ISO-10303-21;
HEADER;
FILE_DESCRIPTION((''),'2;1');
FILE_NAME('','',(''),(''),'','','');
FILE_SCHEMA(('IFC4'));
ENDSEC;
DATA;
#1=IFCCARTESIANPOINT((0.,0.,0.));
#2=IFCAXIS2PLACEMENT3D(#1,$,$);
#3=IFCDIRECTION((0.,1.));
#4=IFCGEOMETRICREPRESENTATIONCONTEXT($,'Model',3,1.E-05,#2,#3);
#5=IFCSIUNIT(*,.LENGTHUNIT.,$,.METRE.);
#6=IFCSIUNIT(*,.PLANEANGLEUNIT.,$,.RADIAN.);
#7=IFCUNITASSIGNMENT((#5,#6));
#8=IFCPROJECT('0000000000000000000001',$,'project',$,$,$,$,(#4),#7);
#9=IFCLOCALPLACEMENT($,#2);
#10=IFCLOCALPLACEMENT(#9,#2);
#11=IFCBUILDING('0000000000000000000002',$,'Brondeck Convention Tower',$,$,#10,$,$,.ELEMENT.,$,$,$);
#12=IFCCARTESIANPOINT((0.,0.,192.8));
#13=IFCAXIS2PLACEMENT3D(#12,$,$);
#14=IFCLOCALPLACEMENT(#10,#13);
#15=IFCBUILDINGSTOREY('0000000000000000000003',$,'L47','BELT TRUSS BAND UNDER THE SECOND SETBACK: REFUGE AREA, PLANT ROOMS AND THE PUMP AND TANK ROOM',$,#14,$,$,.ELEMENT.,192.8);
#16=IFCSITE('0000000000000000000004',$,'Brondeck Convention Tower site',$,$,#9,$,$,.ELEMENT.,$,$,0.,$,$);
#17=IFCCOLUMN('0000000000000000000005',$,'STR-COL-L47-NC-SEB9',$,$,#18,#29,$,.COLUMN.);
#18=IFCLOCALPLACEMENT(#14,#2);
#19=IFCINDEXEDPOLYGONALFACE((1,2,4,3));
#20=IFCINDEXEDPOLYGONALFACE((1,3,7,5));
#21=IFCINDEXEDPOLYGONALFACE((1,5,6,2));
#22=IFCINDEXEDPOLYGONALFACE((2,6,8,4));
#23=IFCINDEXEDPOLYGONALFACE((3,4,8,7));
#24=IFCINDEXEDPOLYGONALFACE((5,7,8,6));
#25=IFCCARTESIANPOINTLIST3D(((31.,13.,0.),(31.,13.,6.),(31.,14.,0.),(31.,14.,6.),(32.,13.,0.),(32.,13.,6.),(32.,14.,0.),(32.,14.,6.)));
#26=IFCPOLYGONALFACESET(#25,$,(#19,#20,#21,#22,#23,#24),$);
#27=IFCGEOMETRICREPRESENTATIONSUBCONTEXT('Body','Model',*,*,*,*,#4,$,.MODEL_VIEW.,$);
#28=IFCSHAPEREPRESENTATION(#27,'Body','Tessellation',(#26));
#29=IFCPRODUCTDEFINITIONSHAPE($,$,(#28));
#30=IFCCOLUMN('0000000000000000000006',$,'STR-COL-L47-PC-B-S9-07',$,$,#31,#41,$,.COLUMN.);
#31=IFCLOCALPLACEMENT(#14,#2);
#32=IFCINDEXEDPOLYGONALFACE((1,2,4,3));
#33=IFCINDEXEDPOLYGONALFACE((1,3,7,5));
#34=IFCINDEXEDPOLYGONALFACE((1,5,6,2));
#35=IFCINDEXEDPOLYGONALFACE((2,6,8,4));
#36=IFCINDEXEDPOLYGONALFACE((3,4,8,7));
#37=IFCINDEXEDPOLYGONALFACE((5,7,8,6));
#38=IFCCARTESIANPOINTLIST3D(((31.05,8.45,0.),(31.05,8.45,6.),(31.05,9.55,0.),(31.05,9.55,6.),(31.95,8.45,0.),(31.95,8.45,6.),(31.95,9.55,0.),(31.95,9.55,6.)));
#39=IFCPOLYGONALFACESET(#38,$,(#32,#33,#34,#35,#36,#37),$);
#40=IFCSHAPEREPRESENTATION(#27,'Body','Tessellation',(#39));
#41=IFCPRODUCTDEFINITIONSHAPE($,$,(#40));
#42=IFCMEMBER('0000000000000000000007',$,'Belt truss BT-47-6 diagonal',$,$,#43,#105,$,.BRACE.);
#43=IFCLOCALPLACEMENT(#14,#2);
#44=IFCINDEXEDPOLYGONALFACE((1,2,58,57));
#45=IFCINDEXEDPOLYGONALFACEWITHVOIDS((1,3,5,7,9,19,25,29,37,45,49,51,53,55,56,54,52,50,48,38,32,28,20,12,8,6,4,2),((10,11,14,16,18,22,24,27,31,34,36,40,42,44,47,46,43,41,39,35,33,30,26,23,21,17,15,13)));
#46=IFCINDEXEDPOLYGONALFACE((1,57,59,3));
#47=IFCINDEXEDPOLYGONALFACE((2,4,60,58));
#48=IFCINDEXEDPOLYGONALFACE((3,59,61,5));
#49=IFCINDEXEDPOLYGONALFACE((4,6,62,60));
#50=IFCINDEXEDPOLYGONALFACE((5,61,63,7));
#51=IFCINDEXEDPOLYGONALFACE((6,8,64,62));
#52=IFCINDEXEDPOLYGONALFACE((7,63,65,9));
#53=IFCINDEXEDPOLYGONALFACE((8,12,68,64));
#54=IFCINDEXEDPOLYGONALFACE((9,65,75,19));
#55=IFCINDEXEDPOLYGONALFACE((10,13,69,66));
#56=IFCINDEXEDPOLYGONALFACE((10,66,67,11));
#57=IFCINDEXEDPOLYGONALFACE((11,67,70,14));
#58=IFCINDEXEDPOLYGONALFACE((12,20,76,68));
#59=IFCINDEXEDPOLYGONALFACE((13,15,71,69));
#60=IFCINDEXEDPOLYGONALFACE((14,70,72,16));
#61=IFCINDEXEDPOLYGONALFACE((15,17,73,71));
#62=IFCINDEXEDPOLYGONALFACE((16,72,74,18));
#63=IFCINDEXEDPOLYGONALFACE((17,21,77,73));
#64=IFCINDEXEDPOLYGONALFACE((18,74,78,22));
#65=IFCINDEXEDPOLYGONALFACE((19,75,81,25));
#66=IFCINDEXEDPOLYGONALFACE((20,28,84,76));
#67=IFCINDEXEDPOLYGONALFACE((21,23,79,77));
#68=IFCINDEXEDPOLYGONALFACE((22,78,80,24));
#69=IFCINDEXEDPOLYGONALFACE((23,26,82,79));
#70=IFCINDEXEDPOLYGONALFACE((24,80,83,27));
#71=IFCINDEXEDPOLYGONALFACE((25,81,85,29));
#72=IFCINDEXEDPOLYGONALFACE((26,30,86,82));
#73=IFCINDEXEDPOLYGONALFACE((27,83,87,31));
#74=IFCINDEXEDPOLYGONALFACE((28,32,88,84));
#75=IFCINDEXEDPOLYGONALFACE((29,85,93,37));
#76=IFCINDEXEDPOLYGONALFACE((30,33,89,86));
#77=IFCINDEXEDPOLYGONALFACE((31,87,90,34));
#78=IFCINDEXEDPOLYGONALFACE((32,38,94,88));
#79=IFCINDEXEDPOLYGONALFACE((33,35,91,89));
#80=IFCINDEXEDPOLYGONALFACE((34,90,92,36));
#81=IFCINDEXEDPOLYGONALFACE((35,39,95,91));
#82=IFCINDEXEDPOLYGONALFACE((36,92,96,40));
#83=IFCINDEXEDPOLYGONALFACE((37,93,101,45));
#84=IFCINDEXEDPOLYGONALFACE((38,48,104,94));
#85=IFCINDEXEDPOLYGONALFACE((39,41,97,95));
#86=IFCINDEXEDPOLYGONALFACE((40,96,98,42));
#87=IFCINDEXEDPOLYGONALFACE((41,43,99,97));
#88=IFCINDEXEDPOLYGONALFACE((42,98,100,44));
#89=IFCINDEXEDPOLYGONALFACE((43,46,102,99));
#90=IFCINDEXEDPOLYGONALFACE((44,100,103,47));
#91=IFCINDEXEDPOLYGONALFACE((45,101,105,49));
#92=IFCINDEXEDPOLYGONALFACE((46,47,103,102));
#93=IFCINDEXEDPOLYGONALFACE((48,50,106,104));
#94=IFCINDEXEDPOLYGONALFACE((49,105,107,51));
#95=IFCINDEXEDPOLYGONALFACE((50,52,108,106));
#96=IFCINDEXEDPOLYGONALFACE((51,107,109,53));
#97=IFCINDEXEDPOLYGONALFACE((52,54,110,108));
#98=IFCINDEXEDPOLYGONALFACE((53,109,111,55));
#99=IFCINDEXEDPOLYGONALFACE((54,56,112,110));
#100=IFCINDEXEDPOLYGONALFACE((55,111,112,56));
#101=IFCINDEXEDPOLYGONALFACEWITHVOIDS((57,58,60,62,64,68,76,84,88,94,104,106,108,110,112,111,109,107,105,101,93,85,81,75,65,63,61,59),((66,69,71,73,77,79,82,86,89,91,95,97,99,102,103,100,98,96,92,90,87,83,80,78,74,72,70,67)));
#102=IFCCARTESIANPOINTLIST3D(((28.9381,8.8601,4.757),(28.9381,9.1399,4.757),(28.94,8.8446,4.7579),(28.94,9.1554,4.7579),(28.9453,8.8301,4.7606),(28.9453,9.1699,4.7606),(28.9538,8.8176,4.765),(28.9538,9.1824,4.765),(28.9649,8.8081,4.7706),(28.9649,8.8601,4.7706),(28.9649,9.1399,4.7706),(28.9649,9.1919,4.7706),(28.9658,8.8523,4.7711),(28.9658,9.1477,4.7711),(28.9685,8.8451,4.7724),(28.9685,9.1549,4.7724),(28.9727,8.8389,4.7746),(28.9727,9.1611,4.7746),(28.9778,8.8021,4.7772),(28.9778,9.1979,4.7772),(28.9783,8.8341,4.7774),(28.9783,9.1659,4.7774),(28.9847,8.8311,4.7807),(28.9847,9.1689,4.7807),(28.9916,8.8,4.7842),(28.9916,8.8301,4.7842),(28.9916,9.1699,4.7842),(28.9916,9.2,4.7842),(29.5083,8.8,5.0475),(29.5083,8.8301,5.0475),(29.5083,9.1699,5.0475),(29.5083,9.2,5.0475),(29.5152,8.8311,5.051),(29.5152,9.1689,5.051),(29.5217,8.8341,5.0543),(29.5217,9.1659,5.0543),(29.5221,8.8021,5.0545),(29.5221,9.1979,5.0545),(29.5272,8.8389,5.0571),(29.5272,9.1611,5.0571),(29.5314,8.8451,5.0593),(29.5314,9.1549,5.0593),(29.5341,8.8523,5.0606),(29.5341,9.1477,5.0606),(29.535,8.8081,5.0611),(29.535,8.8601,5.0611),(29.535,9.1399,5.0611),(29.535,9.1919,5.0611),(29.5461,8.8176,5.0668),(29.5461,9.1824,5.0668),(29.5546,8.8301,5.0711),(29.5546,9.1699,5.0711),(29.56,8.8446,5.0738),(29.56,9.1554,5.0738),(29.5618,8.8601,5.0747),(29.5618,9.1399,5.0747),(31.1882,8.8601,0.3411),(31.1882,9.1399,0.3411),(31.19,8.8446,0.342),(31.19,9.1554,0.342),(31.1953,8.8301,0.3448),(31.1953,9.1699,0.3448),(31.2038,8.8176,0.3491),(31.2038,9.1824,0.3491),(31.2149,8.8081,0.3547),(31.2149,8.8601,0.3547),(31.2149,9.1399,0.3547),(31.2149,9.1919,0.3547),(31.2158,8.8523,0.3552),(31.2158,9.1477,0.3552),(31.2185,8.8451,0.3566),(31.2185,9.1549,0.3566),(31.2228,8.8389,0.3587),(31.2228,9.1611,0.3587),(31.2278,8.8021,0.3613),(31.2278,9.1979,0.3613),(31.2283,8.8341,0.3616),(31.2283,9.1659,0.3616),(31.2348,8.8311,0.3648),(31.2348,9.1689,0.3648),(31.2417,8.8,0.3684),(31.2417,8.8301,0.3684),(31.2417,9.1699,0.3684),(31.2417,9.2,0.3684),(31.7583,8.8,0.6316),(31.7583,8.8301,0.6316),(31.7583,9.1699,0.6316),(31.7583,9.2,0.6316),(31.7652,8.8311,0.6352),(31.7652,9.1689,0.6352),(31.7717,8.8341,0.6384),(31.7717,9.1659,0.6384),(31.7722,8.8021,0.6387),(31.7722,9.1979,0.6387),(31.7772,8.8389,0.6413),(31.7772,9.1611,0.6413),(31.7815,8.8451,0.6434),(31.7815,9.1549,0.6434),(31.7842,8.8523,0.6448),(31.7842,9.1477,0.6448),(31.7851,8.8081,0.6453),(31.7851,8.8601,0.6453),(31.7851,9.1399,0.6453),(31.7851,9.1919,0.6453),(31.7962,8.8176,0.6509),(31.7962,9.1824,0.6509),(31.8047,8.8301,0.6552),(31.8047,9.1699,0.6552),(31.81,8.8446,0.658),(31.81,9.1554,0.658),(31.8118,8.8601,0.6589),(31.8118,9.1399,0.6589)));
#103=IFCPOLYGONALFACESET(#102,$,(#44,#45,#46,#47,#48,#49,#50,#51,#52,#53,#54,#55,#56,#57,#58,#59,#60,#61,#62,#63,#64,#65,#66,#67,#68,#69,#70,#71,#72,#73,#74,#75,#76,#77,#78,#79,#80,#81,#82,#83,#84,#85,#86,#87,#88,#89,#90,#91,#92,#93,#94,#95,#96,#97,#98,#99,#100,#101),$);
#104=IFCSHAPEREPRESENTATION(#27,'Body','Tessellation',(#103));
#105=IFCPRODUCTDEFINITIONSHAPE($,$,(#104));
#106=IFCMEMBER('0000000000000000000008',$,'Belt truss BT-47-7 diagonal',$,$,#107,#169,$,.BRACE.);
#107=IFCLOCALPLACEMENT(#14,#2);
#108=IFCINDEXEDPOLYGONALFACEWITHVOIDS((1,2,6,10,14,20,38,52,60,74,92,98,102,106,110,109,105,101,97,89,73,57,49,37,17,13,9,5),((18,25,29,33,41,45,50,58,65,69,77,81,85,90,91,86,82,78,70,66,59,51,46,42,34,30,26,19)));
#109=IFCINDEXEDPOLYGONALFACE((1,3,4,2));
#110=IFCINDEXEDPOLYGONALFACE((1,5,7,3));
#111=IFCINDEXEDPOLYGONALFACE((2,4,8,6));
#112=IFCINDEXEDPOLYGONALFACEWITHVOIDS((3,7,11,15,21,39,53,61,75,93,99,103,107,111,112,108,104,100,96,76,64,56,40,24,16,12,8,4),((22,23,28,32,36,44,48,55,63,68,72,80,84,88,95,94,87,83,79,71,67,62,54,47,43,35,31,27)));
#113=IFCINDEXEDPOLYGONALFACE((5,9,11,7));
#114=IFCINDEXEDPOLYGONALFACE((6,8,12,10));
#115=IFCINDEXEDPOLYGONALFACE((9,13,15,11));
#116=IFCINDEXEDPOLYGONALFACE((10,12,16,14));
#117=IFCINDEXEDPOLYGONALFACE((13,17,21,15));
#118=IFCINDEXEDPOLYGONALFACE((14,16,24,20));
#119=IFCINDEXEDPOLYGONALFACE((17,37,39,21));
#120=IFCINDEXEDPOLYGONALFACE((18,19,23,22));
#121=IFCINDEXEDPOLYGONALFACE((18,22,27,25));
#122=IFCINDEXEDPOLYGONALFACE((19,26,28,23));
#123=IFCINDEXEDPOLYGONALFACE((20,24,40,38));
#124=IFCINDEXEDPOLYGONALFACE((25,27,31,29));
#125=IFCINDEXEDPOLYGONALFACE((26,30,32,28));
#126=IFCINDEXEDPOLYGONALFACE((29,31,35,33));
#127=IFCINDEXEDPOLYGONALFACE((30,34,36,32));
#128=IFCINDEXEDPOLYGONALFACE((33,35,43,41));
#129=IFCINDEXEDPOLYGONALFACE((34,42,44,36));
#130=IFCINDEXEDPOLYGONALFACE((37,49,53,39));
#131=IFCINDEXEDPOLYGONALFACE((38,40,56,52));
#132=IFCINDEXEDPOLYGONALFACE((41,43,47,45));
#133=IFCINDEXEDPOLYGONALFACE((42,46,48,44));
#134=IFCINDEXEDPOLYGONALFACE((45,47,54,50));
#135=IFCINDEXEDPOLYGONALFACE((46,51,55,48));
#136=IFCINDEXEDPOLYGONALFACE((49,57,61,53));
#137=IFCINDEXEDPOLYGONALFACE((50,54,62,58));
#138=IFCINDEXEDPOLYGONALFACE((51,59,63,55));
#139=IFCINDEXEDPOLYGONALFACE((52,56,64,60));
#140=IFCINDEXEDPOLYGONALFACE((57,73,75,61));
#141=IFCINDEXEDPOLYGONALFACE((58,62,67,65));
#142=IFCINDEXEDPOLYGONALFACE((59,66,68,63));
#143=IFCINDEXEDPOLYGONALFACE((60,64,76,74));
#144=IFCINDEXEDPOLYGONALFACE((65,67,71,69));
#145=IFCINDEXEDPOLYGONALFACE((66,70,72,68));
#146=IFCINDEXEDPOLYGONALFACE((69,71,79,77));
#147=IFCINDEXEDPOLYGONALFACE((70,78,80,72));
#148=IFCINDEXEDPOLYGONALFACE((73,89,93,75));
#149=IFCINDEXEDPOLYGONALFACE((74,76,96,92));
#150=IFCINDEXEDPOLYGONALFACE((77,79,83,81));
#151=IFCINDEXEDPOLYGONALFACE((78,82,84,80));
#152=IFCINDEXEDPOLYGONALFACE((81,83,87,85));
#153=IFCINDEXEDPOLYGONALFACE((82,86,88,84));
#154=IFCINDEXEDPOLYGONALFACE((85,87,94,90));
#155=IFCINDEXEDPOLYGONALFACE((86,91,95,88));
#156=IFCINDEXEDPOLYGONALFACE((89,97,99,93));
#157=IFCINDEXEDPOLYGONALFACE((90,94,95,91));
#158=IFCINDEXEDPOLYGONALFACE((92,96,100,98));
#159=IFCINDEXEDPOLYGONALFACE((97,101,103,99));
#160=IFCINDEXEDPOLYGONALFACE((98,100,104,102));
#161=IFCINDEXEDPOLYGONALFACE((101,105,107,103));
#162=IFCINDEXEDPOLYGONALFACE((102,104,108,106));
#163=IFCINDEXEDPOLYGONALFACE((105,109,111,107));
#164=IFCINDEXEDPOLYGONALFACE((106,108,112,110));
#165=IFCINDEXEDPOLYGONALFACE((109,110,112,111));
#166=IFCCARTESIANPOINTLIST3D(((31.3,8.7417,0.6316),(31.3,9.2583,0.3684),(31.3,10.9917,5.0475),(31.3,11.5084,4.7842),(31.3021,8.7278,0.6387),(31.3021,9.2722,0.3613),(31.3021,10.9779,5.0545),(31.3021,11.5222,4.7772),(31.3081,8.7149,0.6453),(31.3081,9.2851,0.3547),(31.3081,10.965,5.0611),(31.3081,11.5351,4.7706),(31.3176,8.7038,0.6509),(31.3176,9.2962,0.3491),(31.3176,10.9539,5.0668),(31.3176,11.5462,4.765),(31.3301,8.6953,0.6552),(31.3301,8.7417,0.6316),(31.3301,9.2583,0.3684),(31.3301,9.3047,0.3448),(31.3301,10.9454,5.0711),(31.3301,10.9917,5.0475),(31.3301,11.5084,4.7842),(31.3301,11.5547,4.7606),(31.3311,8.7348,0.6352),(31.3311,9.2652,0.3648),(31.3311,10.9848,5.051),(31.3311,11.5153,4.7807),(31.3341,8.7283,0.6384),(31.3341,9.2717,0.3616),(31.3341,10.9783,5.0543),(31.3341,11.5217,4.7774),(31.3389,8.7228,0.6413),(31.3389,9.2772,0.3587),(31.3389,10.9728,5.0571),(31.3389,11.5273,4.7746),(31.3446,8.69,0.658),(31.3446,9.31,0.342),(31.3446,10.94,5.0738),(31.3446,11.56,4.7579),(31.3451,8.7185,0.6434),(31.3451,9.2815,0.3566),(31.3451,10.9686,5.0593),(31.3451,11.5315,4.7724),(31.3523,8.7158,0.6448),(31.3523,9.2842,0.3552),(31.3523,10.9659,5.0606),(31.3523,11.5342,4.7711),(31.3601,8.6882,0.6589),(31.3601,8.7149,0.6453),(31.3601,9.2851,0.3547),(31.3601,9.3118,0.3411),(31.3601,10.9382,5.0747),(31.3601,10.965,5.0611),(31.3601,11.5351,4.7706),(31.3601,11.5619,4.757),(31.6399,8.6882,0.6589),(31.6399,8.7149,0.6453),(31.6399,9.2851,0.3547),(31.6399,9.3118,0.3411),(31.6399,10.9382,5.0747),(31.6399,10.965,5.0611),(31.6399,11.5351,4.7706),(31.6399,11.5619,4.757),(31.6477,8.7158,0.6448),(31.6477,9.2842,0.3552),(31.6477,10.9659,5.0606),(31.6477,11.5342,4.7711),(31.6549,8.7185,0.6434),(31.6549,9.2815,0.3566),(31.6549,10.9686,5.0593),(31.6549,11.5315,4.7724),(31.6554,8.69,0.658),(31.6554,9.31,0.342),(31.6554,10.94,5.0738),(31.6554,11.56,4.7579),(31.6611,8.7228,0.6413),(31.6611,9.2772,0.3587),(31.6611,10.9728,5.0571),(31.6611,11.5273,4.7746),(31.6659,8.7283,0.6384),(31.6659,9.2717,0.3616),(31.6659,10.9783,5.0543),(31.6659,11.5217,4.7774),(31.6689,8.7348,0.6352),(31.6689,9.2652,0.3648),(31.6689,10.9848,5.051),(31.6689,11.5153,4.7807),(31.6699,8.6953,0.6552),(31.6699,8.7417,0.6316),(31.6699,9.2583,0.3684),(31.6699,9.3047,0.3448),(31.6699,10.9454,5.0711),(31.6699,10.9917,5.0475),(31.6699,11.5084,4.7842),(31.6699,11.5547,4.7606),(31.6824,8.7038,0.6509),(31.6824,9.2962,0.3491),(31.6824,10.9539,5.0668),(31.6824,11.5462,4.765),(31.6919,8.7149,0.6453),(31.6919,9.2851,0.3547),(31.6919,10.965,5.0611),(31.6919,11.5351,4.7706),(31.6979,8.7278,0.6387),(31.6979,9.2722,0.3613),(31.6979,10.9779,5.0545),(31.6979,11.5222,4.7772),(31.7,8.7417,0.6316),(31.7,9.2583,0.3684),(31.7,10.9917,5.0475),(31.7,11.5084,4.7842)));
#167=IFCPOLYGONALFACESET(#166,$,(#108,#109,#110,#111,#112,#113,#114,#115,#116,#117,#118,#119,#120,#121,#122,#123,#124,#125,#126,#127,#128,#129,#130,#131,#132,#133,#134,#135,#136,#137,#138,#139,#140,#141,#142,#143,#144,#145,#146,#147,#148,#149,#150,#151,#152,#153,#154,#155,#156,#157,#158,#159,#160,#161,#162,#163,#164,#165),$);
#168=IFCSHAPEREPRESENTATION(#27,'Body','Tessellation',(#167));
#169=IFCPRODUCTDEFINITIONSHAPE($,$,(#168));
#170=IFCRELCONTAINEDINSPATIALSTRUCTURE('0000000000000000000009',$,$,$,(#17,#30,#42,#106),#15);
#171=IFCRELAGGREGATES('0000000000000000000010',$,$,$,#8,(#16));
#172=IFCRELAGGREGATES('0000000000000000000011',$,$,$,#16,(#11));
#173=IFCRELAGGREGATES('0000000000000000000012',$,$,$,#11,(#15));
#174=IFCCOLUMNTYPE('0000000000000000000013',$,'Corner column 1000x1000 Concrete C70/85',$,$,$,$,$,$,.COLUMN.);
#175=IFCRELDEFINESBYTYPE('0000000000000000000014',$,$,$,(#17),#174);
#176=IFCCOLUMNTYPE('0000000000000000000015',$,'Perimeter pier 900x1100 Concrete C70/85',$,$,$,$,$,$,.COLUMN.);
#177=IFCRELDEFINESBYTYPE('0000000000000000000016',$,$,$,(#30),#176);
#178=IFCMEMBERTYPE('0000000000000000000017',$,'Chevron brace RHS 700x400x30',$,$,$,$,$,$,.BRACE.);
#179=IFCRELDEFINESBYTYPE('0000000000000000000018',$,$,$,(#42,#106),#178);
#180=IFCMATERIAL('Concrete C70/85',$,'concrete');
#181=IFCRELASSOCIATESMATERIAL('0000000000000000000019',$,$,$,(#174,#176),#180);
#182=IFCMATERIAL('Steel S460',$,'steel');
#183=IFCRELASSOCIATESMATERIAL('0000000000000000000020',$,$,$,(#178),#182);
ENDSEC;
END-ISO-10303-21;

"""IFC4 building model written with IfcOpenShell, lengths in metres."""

from ifc_helpers import new_model, si_unit, direction, frame, origin, origin_2d, place, context, subcontext, project, spatial, rectangle, hollow_rectangle, extrude, material, material_profile, profile_set, type_object, element, save


model = new_model("IFC4")

# Units and contexts
model_context = context("Model", 3, precision=1e-05, world=origin(), true_north=direction((0.0, 1.0)))
body_context = subcontext(model_context, "Body", "Model", "MODEL_VIEW")
ifc_project = project(units=[si_unit("LENGTHUNIT", "METRE"), si_unit("PLANEANGLEUNIT", "RADIAN")], contexts=[model_context])

# Site, building, storey
site_placement = place(None, origin())
site = spatial("IfcSite", under=ifc_project, at=site_placement, Name="Brondeck Convention Tower site", CompositionType="ELEMENT", RefElevation=0.0)
building_placement = place(site_placement, origin())
building = spatial("IfcBuilding", under=site, at=building_placement, Name="Brondeck Convention Tower", CompositionType="ELEMENT")
storey_placement = place(building_placement, frame((0.0, 0.0, 192.8)))
storey = spatial("IfcBuildingStorey", under=building, at=storey_placement, Name="L47", Description="BELT TRUSS BAND UNDER THE SECOND SETBACK: REFUGE AREA, PLANT ROOMS AND THE PUMP AND TANK ROOM", CompositionType="ELEMENT", Elevation=192.8)

# Columns
ifc_material_1 = material(Name="Concrete C70/85", Category="concrete")
ifc_material_profile_1 = material_profile(ifc_material_1, rectangle(XDim=1.0, YDim=1.0, at=origin_2d()), Name="Corner column 1000x1000 Concrete C70/85")
ifc_profile_set_1 = profile_set([ifc_material_profile_1], Name="Concrete C70/85")
column_type_1 = type_object("IfcColumnType", Name="Corner column 1000x1000 Concrete C70/85", PredefinedType="COLUMN", material=ifc_profile_set_1)
column_1_placement = place(storey_placement, frame((31.5, 13.5, 0.0), z_axis=(0.0, 0.0, 1.0), x_axis=(1.0, 0.0, 0.0)))
element("IfcColumn", 1, at=column_1_placement, inside=storey, type_object=column_type_1, Name="STR-COL-L47-NC-SEB9", PredefinedType="COLUMN", context=body_context, shape_type="SweptSolid", body=[
    extrude(rectangle(XDim=1.0, YDim=1.0, at=origin_2d()), origin(), (0.0, 0.0, 1.0), 6.0),
])
ifc_material_profile_2 = material_profile(ifc_material_1, rectangle(XDim=0.8999, YDim=1.1001, at=origin_2d()), Name="Perimeter pier 900x1100 Concrete C70/85")
ifc_profile_set_2 = profile_set([ifc_material_profile_2], Name="Concrete C70/85")
column_type_2 = type_object("IfcColumnType", Name="Perimeter pier 900x1100 Concrete C70/85", PredefinedType="COLUMN", material=ifc_profile_set_2)
column_2_placement = place(storey_placement, frame((31.5, 9.0, 0.0), z_axis=(0.0, 0.0, 1.0), x_axis=(1.0, 0.0, 0.0)))
element("IfcColumn", 2, at=column_2_placement, inside=storey, type_object=column_type_2, Name="STR-COL-L47-PC-B-S9-07", PredefinedType="COLUMN", context=body_context, shape_type="SweptSolid", body=[
    extrude(rectangle(XDim=0.8999, YDim=1.1001, at=origin_2d()), origin(), (0.0, 0.0, 1.0), 6.0),
])

# Members
ifc_material_2 = material(Name="Steel S460", Category="steel")
ifc_material_profile_3 = material_profile(ifc_material_2, hollow_rectangle(XDim=0.3999, YDim=0.7, WallThickness=0.03, InnerFilletRadius=0.03, OuterFilletRadius=0.0601, at=origin_2d()), Name="RHS 700x400x30")
ifc_profile_set_3 = profile_set([ifc_material_profile_3], Name="Steel S460")
member_type_1 = type_object("IfcMemberType", Name="Chevron brace RHS 700x400x30", PredefinedType="BRACE", material=ifc_profile_set_3)
for number, where, z_axis, x_axis, name in (
    (3, (31.5, 9.0, 0.5), (-0.453999, 0.0, 0.891002), (0.0, -1.0, 0.0), "Belt truss BT-47-6 diagonal"),
    (4, (31.5, 9.0, 0.5), (0.0, 0.453999, 0.891002), (-1.0, 0.0, 0.0), "Belt truss BT-47-7 diagonal"),
):
    element("IfcMember", number, at=place(storey_placement, frame(where, z_axis=z_axis, x_axis=x_axis)), inside=storey, type_object=member_type_1, Name=name, PredefinedType="BRACE", context=body_context, shape_type="SweptSolid", body=[
        extrude(hollow_rectangle(XDim=0.3999, YDim=0.7, WallThickness=0.03, InnerFilletRadius=0.03, OuterFilletRadius=0.0601, at=origin_2d()), origin(), (0.0, 0.0, 1.0), 4.9561),
    ])

save(model, "model.ifc")
